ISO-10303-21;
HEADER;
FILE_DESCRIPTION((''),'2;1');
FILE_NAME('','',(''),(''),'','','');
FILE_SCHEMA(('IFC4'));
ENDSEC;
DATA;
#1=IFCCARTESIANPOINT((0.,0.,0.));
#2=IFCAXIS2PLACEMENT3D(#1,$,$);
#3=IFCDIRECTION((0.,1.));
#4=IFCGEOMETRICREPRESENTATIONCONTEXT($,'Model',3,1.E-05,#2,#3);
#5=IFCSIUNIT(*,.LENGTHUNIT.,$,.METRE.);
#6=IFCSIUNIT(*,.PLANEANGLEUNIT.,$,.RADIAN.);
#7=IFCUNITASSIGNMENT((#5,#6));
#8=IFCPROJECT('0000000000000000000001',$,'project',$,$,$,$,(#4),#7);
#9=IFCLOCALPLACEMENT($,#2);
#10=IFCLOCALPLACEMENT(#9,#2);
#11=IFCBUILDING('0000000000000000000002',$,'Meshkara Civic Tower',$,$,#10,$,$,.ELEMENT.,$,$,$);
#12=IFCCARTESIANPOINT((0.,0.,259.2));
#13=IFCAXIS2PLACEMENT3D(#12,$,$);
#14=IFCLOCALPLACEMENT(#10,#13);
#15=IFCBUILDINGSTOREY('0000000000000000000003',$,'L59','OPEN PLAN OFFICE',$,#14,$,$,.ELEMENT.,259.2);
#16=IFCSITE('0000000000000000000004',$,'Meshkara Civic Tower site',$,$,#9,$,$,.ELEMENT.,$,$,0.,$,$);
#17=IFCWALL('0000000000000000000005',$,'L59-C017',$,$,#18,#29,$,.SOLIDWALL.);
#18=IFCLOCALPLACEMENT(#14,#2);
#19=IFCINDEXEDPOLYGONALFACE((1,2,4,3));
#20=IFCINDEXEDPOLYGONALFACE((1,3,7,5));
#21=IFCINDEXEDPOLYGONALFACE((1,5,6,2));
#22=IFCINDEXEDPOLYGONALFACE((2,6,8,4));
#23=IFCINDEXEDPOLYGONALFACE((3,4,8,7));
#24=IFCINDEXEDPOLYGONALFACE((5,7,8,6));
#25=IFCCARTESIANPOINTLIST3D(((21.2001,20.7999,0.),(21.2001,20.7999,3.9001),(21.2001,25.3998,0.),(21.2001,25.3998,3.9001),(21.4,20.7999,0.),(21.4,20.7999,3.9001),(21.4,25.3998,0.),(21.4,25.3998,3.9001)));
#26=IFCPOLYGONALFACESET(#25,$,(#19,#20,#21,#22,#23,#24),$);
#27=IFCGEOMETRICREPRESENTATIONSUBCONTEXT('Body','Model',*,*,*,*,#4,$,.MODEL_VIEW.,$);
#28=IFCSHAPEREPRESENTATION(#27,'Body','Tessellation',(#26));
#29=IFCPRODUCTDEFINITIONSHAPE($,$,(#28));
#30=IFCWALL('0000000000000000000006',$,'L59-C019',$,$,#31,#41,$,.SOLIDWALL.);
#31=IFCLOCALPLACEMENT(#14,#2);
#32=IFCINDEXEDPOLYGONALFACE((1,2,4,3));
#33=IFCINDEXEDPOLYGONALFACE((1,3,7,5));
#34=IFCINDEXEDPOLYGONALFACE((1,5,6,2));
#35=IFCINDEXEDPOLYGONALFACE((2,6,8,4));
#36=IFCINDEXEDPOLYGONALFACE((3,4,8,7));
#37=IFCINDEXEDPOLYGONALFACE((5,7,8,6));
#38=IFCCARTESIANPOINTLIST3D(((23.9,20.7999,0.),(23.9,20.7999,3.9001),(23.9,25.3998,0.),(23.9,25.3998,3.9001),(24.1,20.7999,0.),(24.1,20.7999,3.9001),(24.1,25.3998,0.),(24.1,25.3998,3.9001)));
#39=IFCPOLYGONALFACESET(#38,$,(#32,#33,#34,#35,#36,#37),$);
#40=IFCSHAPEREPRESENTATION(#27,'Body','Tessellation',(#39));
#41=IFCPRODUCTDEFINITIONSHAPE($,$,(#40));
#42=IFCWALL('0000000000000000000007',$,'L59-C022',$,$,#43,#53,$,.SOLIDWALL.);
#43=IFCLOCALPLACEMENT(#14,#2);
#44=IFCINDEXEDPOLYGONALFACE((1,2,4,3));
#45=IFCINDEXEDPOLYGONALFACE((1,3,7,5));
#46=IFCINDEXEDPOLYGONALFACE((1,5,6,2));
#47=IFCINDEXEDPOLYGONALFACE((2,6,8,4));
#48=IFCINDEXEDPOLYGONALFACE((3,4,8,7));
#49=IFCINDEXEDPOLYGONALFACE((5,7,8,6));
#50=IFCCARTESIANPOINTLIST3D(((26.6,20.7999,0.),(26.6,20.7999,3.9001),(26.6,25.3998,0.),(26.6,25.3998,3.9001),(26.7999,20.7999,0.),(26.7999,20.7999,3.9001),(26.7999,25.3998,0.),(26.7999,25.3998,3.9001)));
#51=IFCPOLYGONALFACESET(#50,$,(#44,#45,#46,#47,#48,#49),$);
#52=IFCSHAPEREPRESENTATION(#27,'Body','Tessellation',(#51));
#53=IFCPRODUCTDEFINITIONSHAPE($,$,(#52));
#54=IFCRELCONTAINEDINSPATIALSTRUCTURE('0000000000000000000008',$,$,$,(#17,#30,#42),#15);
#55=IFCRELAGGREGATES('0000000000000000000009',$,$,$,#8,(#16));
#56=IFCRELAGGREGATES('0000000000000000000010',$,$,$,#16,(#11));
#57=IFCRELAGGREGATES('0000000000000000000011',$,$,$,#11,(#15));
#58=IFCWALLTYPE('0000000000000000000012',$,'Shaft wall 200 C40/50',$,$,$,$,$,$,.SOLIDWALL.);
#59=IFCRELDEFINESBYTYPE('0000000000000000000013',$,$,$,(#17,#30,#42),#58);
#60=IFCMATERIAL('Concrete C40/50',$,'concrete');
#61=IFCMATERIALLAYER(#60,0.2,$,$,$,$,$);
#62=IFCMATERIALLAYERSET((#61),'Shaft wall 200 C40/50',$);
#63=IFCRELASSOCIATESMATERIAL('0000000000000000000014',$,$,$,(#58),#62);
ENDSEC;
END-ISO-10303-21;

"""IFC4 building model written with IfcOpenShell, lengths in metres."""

from ifc_helpers import new_model, si_unit, direction, frame, frame_2d, origin, place, context, subcontext, project, spatial, rectangle, extrude, material, layer, layer_set, type_object, element, save


model = new_model("IFC4")

# Units and contexts
model_context = context("Model", 3, precision=1e-05, world=origin(), true_north=direction((0.0, 1.0)))
body_context = subcontext(model_context, "Body", "Model", "MODEL_VIEW")
ifc_project = project(units=[si_unit("LENGTHUNIT", "METRE"), si_unit("PLANEANGLEUNIT", "RADIAN")], contexts=[model_context])

# Site, building, storey
site_placement = place(None, origin())
site = spatial("IfcSite", under=ifc_project, at=site_placement, Name="Meshkara Civic Tower site", CompositionType="ELEMENT", RefElevation=0.0)
building_placement = place(site_placement, origin())
building = spatial("IfcBuilding", under=site, at=building_placement, Name="Meshkara Civic Tower", CompositionType="ELEMENT")
storey_placement = place(building_placement, frame((0.0, 0.0, 259.2)))
storey = spatial("IfcBuildingStorey", under=building, at=storey_placement, Name="L59", Description="OPEN PLAN OFFICE", CompositionType="ELEMENT", Elevation=259.2)

# Shared definitions
ifc_material_1 = material(Name="Concrete C40/50", Category="concrete")
ifc_layer_1 = layer(ifc_material_1, 0.2)
ifc_layer_set_1 = layer_set([ifc_layer_1], Name="Shaft wall 200 C40/50")
wall_type_1 = type_object("IfcWallType", Name="Shaft wall 200 C40/50", PredefinedType="SOLIDWALL", material=ifc_layer_set_1)

# Walls
for number, where, z_axis, x_axis, name in (
    (1, (21.3, 20.8, 0.0), (0.0, 0.0, 1.0), (0.0, 1.0, 0.0), "L59-C017"),
    (2, (24.0, 20.8, 0.0), (0.0, 0.0, 1.0), (0.0, 1.0, 0.0), "L59-C019"),
    (3, (26.7, 20.8, 0.0), (0.0, 0.0, 1.0), (0.0, 1.0, 0.0), "L59-C022"),
):
    element("IfcWall", number, at=place(storey_placement, frame(where, z_axis=z_axis, x_axis=x_axis)), inside=storey, type_object=wall_type_1, Name=name, PredefinedType="SOLIDWALL", context=body_context, shape_type="SweptSolid", body=[
        extrude(rectangle(XDim=4.5999, YDim=0.2, at=frame_2d((2.2998, 0.0))), origin(), (0.0, 0.0, 1.0), 3.9001),
    ])

save(model, "model.ifc")
